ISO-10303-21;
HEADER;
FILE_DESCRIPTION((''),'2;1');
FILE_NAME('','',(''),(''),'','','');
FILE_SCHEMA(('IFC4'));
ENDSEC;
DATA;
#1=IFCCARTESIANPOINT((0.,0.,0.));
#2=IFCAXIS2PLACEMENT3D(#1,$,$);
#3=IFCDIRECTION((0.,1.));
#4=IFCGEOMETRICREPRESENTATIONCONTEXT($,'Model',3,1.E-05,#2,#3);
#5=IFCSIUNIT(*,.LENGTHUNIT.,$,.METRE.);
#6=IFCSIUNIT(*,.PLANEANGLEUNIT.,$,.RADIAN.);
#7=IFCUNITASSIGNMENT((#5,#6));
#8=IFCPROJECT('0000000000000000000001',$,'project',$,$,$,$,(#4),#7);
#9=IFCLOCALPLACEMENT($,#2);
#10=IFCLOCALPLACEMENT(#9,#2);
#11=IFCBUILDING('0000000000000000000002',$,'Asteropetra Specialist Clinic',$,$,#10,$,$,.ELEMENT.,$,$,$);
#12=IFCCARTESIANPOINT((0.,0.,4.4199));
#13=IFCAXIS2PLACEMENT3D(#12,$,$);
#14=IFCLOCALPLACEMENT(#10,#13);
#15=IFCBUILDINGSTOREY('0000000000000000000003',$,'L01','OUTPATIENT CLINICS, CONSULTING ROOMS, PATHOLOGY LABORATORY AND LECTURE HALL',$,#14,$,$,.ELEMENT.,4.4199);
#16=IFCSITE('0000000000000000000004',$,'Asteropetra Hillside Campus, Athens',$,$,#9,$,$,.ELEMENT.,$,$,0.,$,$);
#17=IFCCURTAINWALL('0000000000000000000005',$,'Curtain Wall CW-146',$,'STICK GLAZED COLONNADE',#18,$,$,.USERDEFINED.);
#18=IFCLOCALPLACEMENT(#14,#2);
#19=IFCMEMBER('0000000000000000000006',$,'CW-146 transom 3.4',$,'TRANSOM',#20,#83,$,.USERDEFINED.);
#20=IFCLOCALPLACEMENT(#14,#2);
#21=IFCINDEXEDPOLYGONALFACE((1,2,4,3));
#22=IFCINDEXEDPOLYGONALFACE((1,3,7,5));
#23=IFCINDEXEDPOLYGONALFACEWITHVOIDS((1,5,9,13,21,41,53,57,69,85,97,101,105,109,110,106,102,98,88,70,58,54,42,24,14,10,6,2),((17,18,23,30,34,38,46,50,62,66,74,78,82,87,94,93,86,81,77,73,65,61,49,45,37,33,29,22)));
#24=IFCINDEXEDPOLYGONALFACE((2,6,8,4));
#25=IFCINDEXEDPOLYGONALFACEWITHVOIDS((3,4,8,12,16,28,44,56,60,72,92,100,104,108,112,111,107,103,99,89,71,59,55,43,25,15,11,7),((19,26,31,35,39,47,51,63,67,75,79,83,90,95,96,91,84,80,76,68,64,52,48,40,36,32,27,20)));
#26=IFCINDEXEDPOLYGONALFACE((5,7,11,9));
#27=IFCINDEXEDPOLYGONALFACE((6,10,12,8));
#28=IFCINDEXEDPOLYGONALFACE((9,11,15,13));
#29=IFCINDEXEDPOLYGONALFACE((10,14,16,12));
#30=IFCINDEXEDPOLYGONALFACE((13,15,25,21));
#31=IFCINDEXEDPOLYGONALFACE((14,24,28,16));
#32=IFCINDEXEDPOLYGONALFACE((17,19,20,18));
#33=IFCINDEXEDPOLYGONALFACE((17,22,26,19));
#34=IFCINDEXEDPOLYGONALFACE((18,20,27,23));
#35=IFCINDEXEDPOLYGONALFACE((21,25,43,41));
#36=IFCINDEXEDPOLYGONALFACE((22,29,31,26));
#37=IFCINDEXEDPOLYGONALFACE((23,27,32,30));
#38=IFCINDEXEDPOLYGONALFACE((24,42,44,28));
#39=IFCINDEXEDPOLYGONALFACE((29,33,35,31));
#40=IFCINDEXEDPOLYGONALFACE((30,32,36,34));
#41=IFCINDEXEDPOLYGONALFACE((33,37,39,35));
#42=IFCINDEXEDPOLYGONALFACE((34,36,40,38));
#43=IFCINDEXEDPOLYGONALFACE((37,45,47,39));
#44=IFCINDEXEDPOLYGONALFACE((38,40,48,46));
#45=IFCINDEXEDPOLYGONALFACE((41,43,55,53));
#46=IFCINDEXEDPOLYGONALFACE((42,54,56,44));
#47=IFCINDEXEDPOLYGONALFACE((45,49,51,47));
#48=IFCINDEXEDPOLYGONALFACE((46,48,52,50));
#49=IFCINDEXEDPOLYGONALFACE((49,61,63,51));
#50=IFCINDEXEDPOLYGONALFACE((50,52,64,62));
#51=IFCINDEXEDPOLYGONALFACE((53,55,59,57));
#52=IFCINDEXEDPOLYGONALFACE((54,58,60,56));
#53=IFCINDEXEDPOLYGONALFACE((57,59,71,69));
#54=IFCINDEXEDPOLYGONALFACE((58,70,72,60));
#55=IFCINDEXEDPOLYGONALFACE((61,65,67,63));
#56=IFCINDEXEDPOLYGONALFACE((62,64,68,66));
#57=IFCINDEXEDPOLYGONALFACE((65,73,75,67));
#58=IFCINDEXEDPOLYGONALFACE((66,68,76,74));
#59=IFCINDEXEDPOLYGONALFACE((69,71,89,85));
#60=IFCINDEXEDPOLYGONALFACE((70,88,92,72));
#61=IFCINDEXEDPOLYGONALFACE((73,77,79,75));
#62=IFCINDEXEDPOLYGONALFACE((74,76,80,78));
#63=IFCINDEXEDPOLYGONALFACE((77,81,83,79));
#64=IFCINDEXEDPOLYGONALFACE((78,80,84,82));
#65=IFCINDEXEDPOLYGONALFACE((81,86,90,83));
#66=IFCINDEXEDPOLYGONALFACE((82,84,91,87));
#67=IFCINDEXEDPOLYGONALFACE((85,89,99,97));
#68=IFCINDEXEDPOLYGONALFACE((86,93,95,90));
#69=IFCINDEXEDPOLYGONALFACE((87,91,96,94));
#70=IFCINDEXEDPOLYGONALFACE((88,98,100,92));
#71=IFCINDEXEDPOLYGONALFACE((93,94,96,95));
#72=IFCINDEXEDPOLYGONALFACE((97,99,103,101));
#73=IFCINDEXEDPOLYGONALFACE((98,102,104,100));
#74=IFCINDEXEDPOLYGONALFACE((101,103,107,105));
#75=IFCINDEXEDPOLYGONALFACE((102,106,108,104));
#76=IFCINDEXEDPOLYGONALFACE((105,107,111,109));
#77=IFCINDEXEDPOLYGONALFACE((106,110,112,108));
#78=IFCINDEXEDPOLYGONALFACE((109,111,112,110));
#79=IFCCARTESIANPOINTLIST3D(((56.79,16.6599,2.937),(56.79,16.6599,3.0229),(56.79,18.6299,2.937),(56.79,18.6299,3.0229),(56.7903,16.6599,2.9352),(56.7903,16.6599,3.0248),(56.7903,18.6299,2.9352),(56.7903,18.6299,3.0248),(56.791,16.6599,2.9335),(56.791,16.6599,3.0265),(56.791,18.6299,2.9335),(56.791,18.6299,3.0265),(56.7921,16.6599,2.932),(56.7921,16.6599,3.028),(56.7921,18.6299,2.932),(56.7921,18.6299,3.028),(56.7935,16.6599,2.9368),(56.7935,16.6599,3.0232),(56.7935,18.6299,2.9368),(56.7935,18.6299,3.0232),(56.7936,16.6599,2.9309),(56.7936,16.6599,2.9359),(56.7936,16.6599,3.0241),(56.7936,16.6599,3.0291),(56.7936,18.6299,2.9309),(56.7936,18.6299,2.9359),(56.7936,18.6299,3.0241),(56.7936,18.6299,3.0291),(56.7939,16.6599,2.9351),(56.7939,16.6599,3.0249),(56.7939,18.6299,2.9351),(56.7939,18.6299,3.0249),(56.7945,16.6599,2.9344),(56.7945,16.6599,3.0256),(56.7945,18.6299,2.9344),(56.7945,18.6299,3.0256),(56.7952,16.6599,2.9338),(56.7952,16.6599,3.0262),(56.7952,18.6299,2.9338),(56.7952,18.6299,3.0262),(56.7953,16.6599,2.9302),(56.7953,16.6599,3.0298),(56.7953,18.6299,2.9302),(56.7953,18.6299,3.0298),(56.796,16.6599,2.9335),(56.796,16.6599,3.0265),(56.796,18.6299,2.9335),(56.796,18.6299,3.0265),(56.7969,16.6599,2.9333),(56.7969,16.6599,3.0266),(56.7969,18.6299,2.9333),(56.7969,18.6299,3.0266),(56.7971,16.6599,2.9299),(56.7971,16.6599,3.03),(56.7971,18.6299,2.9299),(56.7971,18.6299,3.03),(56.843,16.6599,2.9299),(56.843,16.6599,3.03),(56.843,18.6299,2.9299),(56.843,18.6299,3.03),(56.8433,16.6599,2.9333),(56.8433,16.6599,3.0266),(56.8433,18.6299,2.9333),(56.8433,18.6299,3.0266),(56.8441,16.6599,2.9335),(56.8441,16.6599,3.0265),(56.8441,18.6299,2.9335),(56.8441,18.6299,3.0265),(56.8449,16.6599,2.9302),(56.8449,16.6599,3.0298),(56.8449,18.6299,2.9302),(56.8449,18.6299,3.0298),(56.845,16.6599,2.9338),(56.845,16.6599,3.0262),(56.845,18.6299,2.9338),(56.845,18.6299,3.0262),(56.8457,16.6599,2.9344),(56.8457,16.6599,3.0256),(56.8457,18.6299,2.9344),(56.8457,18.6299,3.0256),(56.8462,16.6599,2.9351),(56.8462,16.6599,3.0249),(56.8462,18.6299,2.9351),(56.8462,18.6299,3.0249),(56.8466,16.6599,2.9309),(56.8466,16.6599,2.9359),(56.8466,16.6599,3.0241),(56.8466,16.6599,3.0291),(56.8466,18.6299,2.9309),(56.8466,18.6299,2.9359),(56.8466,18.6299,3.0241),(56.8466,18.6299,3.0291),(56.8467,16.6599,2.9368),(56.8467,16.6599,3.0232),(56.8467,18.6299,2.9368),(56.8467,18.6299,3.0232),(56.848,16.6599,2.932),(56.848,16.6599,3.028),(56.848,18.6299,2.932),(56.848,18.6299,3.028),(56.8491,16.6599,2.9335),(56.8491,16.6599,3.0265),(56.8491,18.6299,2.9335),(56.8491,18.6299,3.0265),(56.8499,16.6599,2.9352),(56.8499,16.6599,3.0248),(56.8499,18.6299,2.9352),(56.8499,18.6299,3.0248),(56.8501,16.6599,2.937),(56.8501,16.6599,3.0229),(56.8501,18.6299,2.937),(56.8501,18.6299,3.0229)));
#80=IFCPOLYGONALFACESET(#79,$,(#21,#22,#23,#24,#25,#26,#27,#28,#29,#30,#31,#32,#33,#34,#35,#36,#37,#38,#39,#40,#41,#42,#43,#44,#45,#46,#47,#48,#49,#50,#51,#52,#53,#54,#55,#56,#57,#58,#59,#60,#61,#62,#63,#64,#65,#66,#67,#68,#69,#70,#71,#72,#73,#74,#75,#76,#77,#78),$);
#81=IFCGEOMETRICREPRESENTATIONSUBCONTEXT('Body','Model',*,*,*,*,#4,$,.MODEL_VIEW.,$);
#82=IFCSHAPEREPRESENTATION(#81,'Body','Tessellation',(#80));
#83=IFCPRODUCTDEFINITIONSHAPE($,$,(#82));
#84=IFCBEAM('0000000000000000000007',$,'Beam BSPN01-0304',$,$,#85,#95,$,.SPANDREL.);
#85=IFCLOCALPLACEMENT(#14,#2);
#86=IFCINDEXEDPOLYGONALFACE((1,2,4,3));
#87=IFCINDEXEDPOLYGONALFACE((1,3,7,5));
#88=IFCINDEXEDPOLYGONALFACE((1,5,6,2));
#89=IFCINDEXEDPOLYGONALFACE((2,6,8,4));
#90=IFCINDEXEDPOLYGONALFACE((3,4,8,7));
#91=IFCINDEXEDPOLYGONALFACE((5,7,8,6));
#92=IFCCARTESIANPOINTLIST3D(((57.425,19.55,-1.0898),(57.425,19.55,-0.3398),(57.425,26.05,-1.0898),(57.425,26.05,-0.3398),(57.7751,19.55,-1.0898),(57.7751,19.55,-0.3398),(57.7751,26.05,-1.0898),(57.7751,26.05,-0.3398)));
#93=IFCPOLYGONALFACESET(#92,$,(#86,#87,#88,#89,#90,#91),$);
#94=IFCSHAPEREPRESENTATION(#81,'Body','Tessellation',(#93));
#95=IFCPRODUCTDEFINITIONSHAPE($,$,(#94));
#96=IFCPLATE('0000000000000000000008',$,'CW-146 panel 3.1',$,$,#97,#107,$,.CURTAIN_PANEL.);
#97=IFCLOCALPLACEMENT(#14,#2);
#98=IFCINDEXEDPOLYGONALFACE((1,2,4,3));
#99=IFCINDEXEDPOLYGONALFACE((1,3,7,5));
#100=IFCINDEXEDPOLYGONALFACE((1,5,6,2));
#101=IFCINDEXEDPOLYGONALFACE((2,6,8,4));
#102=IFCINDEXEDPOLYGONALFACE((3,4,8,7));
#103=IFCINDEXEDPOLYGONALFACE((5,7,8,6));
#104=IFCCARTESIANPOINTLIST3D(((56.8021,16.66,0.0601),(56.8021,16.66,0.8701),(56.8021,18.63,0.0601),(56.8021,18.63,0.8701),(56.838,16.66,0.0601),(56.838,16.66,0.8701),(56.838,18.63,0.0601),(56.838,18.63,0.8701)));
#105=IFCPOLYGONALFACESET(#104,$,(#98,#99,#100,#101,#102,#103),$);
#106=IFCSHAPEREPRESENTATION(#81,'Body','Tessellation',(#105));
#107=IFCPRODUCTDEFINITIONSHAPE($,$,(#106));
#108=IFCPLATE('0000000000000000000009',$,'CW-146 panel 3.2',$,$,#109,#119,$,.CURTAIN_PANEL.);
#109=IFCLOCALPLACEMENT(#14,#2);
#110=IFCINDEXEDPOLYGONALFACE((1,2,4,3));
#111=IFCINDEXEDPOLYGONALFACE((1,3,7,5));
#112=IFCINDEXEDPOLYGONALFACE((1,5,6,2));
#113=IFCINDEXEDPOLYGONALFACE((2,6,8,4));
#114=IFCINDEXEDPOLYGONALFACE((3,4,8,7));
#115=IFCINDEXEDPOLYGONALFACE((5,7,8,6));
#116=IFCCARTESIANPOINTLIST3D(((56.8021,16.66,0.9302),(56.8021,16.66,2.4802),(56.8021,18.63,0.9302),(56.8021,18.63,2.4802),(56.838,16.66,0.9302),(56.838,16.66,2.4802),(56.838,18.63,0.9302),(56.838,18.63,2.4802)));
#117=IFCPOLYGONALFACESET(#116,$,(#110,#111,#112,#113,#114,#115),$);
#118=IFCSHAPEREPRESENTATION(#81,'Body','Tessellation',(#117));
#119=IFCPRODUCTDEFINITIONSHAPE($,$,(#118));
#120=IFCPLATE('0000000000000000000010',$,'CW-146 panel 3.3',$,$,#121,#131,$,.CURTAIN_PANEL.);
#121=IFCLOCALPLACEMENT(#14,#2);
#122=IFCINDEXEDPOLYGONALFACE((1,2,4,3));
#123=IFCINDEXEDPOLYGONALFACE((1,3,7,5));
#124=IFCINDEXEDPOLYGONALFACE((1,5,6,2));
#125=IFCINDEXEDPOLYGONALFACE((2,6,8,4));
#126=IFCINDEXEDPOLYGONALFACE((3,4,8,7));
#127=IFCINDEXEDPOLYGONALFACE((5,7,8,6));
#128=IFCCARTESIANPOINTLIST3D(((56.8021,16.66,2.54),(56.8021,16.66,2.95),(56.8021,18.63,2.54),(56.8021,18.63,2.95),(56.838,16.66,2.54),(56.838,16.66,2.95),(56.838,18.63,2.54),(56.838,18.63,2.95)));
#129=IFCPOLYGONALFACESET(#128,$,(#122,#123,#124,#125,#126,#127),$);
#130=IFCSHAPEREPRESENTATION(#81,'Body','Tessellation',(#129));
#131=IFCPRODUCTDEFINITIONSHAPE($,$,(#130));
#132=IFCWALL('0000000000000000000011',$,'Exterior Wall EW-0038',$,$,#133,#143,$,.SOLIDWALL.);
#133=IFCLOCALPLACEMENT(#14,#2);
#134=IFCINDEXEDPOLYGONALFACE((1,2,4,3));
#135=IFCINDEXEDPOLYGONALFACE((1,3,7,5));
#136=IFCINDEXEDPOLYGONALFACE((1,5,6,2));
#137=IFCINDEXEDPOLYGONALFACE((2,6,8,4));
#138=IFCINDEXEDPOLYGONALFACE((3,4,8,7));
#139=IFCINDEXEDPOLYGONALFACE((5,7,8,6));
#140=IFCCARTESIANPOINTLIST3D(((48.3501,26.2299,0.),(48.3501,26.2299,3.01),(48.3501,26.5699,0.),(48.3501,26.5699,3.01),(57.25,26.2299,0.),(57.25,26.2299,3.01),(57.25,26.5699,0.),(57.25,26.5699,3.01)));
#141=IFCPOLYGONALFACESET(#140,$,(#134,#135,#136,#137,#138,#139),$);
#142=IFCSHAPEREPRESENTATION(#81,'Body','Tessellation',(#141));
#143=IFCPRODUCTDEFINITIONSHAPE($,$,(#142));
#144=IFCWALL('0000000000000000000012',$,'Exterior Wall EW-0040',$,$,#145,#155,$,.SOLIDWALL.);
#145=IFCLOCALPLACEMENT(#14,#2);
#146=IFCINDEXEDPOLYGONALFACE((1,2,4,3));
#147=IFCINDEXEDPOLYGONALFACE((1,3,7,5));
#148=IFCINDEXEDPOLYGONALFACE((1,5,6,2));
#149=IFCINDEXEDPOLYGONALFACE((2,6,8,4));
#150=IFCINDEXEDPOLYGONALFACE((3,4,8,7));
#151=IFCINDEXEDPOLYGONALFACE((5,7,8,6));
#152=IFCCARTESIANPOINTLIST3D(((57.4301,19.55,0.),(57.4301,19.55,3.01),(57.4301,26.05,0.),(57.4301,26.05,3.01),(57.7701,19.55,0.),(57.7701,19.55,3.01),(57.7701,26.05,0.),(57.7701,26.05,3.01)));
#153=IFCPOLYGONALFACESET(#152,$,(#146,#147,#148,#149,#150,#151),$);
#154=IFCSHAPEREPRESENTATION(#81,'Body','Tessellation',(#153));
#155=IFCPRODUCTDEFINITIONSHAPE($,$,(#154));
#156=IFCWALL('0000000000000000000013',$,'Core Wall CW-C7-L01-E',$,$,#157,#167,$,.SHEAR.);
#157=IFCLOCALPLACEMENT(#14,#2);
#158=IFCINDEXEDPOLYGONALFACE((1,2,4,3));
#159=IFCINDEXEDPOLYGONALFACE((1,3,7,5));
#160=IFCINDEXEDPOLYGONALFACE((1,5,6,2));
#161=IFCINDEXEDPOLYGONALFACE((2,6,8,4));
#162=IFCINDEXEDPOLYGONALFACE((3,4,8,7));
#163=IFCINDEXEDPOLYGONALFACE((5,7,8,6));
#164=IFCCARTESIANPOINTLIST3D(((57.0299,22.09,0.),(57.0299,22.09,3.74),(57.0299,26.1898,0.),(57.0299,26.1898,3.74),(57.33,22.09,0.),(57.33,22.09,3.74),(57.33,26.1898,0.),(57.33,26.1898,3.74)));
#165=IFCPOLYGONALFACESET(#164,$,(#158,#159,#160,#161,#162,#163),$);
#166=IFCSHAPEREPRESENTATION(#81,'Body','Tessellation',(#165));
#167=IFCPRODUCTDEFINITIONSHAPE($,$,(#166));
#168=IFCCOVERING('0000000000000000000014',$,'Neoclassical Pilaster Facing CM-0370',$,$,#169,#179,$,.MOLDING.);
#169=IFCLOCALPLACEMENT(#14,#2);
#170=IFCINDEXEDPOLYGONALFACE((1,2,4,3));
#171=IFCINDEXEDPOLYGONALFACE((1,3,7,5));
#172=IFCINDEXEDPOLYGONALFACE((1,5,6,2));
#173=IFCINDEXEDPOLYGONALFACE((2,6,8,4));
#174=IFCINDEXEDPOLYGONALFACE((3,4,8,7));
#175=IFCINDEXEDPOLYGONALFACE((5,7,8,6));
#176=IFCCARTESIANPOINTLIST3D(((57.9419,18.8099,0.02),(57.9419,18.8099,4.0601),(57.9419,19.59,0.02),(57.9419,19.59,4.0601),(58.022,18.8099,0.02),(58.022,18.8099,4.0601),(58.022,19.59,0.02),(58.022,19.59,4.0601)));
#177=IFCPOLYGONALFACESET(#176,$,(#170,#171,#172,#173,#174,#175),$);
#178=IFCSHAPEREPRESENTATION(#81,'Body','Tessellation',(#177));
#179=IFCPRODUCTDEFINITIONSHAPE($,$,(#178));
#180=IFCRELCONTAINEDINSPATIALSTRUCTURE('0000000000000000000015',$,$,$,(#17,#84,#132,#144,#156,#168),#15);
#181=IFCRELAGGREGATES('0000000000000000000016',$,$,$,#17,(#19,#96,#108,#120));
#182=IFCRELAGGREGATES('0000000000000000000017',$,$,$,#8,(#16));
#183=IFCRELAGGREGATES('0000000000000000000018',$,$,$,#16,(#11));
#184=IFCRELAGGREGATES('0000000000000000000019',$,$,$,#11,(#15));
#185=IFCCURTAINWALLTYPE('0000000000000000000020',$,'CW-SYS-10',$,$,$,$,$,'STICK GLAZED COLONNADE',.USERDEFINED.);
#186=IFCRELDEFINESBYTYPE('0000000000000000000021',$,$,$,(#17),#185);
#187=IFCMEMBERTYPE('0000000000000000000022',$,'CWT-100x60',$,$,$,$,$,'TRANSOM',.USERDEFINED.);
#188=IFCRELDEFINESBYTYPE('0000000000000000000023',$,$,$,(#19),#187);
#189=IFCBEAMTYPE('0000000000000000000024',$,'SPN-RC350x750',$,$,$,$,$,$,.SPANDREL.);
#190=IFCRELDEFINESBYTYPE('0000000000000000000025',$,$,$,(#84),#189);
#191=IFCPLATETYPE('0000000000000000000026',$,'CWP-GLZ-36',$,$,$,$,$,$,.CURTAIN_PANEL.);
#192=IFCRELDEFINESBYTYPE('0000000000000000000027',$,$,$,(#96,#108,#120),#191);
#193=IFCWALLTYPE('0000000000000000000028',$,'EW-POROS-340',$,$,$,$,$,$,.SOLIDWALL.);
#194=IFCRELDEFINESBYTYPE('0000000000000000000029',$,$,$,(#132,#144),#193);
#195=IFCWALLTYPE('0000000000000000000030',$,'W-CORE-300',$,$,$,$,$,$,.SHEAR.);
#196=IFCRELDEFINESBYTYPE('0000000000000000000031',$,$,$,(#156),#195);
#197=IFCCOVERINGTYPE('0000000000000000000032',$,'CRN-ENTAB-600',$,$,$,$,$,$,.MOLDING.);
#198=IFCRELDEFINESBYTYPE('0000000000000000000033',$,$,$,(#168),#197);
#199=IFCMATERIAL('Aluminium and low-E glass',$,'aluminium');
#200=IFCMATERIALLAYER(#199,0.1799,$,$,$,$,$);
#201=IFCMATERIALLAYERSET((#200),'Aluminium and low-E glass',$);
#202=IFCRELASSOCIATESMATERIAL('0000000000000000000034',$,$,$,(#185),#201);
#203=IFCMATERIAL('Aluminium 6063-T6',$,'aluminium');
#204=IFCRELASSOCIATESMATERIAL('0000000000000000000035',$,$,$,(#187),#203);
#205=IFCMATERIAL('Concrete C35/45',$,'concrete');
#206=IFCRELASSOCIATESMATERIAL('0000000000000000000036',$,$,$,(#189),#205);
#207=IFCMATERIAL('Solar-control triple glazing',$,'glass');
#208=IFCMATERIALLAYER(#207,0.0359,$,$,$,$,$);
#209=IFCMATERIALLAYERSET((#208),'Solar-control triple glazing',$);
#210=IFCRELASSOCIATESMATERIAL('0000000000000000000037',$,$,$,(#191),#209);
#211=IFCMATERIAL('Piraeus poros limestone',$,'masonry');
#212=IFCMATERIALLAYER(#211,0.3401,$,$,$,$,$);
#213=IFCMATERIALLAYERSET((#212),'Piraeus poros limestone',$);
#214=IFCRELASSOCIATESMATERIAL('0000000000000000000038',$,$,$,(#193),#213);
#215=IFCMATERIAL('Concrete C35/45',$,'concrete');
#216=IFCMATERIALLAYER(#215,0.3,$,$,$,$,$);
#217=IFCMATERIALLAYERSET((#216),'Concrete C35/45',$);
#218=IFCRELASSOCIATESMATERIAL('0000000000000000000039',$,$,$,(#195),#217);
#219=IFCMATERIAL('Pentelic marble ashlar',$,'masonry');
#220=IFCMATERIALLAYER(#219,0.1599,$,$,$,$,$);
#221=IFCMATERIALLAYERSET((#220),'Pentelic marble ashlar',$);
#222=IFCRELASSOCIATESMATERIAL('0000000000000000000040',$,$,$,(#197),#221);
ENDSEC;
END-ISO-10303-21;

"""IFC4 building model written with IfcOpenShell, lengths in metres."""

from ifc_helpers import new_model, si_unit, direction, frame, frame_2d, origin, origin_2d, place, context, subcontext, project, spatial, rectangle, hollow_rectangle, extrude, material, layer, layer_set, material_profile, profile_set, type_object, element, aggregate, save


model = new_model("IFC4")

# Units and contexts
model_context = context("Model", 3, precision=1e-05, world=origin(), true_north=direction((0.0, 1.0)))
body_context = subcontext(model_context, "Body", "Model", "MODEL_VIEW")
ifc_project = project(units=[si_unit("LENGTHUNIT", "METRE"), si_unit("PLANEANGLEUNIT", "RADIAN")], contexts=[model_context])

# Site, building, storey
site_placement = place(None, origin())
site = spatial("IfcSite", under=ifc_project, at=site_placement, Name="Asteropetra Hillside Campus, Athens", CompositionType="ELEMENT", RefElevation=0.0)
building_placement = place(site_placement, origin())
building = spatial("IfcBuilding", under=site, at=building_placement, Name="Asteropetra Specialist Clinic", CompositionType="ELEMENT")
storey_placement = place(building_placement, frame((0.0, 0.0, 4.4199)))
storey = spatial("IfcBuildingStorey", under=building, at=storey_placement, Name="L01", Description="OUTPATIENT CLINICS, CONSULTING ROOMS, PATHOLOGY LABORATORY AND LECTURE HALL", CompositionType="ELEMENT", Elevation=4.4199)

# Curtain wall, member
ifc_material_1 = material(Name="Aluminium and low-E glass", Category="aluminium")
ifc_layer_1 = layer(ifc_material_1, 0.1799)
ifc_layer_set_1 = layer_set([ifc_layer_1], Name="Aluminium and low-E glass")
curtain_wall_type = type_object("IfcCurtainWallType", Name="CW-SYS-10", ElementType="STICK GLAZED COLONNADE", PredefinedType="USERDEFINED", material=ifc_layer_set_1)
curtain_wall_placement = place(storey_placement, origin())
curtain_wall = element("IfcCurtainWall", 1, at=curtain_wall_placement, inside=storey, type_object=curtain_wall_type, Name="Curtain Wall CW-146", ObjectType="STICK GLAZED COLONNADE", PredefinedType="USERDEFINED")
ifc_material_2 = material(Name="Aluminium 6063-T6", Category="aluminium")
ifc_material_profile_1 = material_profile(ifc_material_2, hollow_rectangle(XDim=0.0601, YDim=0.1001, WallThickness=0.0034, InnerFilletRadius=0.0034, OuterFilletRadius=0.0071, at=origin_2d()), Name="TRN 100x60x3.5")
ifc_profile_set_1 = profile_set([ifc_material_profile_1], Name="Aluminium 6063-T6")
member_type_1 = type_object("IfcMemberType", Name="CWT-100x60", ElementType="TRANSOM", PredefinedType="USERDEFINED", material=ifc_profile_set_1)
member_1_placement = place(storey_placement, frame((56.8201, 16.6599, 2.98), z_axis=(0.0, 1.0, 0.0), x_axis=(-1.0, 0.0, 0.0)))
member_1 = element("IfcMember", 2, at=member_1_placement, type_object=member_type_1, Name="CW-146 transom 3.4", ObjectType="TRANSOM", PredefinedType="USERDEFINED", context=body_context, shape_type="SweptSolid", body=[
    extrude(hollow_rectangle(XDim=0.0601, YDim=0.1001, WallThickness=0.0034, InnerFilletRadius=0.0034, OuterFilletRadius=0.0071, at=origin_2d()), origin(), (0.0, 0.0, 1.0), 1.97),
])

# Beam
ifc_material_3 = material(Name="Concrete C35/45", Category="concrete")
ifc_material_profile_2 = material_profile(ifc_material_3, rectangle(XDim=0.3501, YDim=0.75, at=origin_2d()), Name="RCS 350x750")
ifc_profile_set_2 = profile_set([ifc_material_profile_2], Name="Concrete C35/45")
beam_type = type_object("IfcBeamType", Name="SPN-RC350x750", PredefinedType="SPANDREL", material=ifc_profile_set_2)
beam_placement = place(storey_placement, frame((57.6001, 19.55, -0.7148), z_axis=(0.0, 1.0, 0.0), x_axis=(-1.0, 0.0, 0.0)))
element("IfcBeam", 3, at=beam_placement, inside=storey, type_object=beam_type, Name="Beam BSPN01-0304", PredefinedType="SPANDREL", context=body_context, shape_type="SweptSolid", body=[
    extrude(rectangle(XDim=0.3501, YDim=0.75, at=origin_2d()), origin(), (0.0, 0.0, 1.0), 6.5),
])

# Plates
ifc_material_4 = material(Name="Solar-control triple glazing", Category="glass")
ifc_layer_2 = layer(ifc_material_4, 0.0359)
ifc_layer_set_2 = layer_set([ifc_layer_2], Name="Solar-control triple glazing")
plate_type = type_object("IfcPlateType", Name="CWP-GLZ-36", PredefinedType="CURTAIN_PANEL", material=ifc_layer_set_2)
plate_1_placement = place(storey_placement, frame((56.8201, 17.645, 0.0601), z_axis=(0.0, 0.0, 1.0), x_axis=(0.0, 1.0, 0.0)))
plate_1 = element("IfcPlate", 4, at=plate_1_placement, type_object=plate_type, Name="CW-146 panel 3.1", PredefinedType="CURTAIN_PANEL", context=body_context, shape_type="SweptSolid", body=[
    extrude(rectangle(XDim=1.97, YDim=0.0359, at=origin_2d()), origin(), (0.0, 0.0, 1.0), 0.8101),
])
plate_2_placement = place(storey_placement, frame((56.8201, 17.645, 0.9302), z_axis=(0.0, 0.0, 1.0), x_axis=(0.0, 1.0, 0.0)))
plate_2 = element("IfcPlate", 5, at=plate_2_placement, type_object=plate_type, Name="CW-146 panel 3.2", PredefinedType="CURTAIN_PANEL", context=body_context, shape_type="SweptSolid", body=[
    extrude(rectangle(XDim=1.97, YDim=0.0359, at=origin_2d()), origin(), (0.0, 0.0, 1.0), 1.55),
])
plate_3_placement = place(storey_placement, frame((56.8201, 17.645, 2.54), z_axis=(0.0, 0.0, 1.0), x_axis=(0.0, 1.0, 0.0)))
plate_3 = element("IfcPlate", 6, at=plate_3_placement, type_object=plate_type, Name="CW-146 panel 3.3", PredefinedType="CURTAIN_PANEL", context=body_context, shape_type="SweptSolid", body=[
    extrude(rectangle(XDim=1.97, YDim=0.0359, at=origin_2d()), origin(), (0.0, 0.0, 1.0), 0.4099),
])
aggregate(curtain_wall, [member_1, plate_1, plate_2, plate_3])

# Walls
ifc_material_5 = material(Name="Piraeus poros limestone", Category="masonry")
ifc_layer_3 = layer(ifc_material_5, 0.3401)
ifc_layer_set_3 = layer_set([ifc_layer_3], Name="Piraeus poros limestone")
wall_type_1 = type_object("IfcWallType", Name="EW-POROS-340", PredefinedType="SOLIDWALL", material=ifc_layer_set_3)
wall_1_placement = place(storey_placement, frame((57.25, 26.3999, 0.0), z_axis=(0.0, 0.0, 1.0), x_axis=(-1.0, 0.0, 0.0)))
element("IfcWall", 7, at=wall_1_placement, inside=storey, type_object=wall_type_1, Name="Exterior Wall EW-0038", PredefinedType="SOLIDWALL", context=body_context, shape_type="SweptSolid", body=[
    extrude(rectangle(XDim=8.8999, YDim=0.3401, at=frame_2d((4.45, 0.0))), origin(), (0.0, 0.0, 1.0), 3.01),
])
wall_2_placement = place(storey_placement, frame((57.6001, 19.55, 0.0), z_axis=(0.0, 0.0, 1.0), x_axis=(0.0, 1.0, 0.0)))
element("IfcWall", 8, at=wall_2_placement, inside=storey, type_object=wall_type_1, Name="Exterior Wall EW-0040", PredefinedType="SOLIDWALL", context=body_context, shape_type="SweptSolid", body=[
    extrude(rectangle(XDim=6.5, YDim=0.3401, at=frame_2d((3.25, 0.0))), origin(), (0.0, 0.0, 1.0), 3.01),
])
ifc_material_6 = material(Name="Concrete C35/45", Category="concrete")
ifc_layer_4 = layer(ifc_material_6, 0.3)
ifc_layer_set_4 = layer_set([ifc_layer_4], Name="Concrete C35/45")
wall_type_2 = type_object("IfcWallType", Name="W-CORE-300", PredefinedType="SHEAR", material=ifc_layer_set_4)
wall_3_placement = place(storey_placement, frame((57.1799, 22.0901, 0.0), z_axis=(0.0, 0.0, 1.0), x_axis=(0.0, 1.0, 0.0)))
element("IfcWall", 9, at=wall_3_placement, inside=storey, type_object=wall_type_2, Name="Core Wall CW-C7-L01-E", PredefinedType="SHEAR", context=body_context, shape_type="SweptSolid", body=[
    extrude(rectangle(XDim=4.0999, YDim=0.3, at=frame_2d((2.0498, 0.0))), origin(), (0.0, 0.0, 1.0), 3.74),
])

# Covering
ifc_material_7 = material(Name="Pentelic marble ashlar", Category="masonry")
ifc_layer_5 = layer(ifc_material_7, 0.1599)
ifc_layer_set_5 = layer_set([ifc_layer_5], Name="Pentelic marble ashlar")
covering_type = type_object("IfcCoveringType", Name="CRN-ENTAB-600", PredefinedType="MOLDING", material=ifc_layer_set_5)
covering_1_placement = place(storey_placement, frame((57.9819, 19.2, 0.02), z_axis=(0.0, 0.0, 1.0), x_axis=(1.0, 0.0, 0.0)))
element("IfcCovering", 10, at=covering_1_placement, inside=storey, type_object=covering_type, Name="Neoclassical Pilaster Facing CM-0370", PredefinedType="MOLDING", context=body_context, shape_type="SweptSolid", body=[
    extrude(rectangle(XDim=0.0801, YDim=0.78, at=origin_2d()), origin(), (0.0, 0.0, 1.0), 4.04),
])

save(model, "model.ifc")
